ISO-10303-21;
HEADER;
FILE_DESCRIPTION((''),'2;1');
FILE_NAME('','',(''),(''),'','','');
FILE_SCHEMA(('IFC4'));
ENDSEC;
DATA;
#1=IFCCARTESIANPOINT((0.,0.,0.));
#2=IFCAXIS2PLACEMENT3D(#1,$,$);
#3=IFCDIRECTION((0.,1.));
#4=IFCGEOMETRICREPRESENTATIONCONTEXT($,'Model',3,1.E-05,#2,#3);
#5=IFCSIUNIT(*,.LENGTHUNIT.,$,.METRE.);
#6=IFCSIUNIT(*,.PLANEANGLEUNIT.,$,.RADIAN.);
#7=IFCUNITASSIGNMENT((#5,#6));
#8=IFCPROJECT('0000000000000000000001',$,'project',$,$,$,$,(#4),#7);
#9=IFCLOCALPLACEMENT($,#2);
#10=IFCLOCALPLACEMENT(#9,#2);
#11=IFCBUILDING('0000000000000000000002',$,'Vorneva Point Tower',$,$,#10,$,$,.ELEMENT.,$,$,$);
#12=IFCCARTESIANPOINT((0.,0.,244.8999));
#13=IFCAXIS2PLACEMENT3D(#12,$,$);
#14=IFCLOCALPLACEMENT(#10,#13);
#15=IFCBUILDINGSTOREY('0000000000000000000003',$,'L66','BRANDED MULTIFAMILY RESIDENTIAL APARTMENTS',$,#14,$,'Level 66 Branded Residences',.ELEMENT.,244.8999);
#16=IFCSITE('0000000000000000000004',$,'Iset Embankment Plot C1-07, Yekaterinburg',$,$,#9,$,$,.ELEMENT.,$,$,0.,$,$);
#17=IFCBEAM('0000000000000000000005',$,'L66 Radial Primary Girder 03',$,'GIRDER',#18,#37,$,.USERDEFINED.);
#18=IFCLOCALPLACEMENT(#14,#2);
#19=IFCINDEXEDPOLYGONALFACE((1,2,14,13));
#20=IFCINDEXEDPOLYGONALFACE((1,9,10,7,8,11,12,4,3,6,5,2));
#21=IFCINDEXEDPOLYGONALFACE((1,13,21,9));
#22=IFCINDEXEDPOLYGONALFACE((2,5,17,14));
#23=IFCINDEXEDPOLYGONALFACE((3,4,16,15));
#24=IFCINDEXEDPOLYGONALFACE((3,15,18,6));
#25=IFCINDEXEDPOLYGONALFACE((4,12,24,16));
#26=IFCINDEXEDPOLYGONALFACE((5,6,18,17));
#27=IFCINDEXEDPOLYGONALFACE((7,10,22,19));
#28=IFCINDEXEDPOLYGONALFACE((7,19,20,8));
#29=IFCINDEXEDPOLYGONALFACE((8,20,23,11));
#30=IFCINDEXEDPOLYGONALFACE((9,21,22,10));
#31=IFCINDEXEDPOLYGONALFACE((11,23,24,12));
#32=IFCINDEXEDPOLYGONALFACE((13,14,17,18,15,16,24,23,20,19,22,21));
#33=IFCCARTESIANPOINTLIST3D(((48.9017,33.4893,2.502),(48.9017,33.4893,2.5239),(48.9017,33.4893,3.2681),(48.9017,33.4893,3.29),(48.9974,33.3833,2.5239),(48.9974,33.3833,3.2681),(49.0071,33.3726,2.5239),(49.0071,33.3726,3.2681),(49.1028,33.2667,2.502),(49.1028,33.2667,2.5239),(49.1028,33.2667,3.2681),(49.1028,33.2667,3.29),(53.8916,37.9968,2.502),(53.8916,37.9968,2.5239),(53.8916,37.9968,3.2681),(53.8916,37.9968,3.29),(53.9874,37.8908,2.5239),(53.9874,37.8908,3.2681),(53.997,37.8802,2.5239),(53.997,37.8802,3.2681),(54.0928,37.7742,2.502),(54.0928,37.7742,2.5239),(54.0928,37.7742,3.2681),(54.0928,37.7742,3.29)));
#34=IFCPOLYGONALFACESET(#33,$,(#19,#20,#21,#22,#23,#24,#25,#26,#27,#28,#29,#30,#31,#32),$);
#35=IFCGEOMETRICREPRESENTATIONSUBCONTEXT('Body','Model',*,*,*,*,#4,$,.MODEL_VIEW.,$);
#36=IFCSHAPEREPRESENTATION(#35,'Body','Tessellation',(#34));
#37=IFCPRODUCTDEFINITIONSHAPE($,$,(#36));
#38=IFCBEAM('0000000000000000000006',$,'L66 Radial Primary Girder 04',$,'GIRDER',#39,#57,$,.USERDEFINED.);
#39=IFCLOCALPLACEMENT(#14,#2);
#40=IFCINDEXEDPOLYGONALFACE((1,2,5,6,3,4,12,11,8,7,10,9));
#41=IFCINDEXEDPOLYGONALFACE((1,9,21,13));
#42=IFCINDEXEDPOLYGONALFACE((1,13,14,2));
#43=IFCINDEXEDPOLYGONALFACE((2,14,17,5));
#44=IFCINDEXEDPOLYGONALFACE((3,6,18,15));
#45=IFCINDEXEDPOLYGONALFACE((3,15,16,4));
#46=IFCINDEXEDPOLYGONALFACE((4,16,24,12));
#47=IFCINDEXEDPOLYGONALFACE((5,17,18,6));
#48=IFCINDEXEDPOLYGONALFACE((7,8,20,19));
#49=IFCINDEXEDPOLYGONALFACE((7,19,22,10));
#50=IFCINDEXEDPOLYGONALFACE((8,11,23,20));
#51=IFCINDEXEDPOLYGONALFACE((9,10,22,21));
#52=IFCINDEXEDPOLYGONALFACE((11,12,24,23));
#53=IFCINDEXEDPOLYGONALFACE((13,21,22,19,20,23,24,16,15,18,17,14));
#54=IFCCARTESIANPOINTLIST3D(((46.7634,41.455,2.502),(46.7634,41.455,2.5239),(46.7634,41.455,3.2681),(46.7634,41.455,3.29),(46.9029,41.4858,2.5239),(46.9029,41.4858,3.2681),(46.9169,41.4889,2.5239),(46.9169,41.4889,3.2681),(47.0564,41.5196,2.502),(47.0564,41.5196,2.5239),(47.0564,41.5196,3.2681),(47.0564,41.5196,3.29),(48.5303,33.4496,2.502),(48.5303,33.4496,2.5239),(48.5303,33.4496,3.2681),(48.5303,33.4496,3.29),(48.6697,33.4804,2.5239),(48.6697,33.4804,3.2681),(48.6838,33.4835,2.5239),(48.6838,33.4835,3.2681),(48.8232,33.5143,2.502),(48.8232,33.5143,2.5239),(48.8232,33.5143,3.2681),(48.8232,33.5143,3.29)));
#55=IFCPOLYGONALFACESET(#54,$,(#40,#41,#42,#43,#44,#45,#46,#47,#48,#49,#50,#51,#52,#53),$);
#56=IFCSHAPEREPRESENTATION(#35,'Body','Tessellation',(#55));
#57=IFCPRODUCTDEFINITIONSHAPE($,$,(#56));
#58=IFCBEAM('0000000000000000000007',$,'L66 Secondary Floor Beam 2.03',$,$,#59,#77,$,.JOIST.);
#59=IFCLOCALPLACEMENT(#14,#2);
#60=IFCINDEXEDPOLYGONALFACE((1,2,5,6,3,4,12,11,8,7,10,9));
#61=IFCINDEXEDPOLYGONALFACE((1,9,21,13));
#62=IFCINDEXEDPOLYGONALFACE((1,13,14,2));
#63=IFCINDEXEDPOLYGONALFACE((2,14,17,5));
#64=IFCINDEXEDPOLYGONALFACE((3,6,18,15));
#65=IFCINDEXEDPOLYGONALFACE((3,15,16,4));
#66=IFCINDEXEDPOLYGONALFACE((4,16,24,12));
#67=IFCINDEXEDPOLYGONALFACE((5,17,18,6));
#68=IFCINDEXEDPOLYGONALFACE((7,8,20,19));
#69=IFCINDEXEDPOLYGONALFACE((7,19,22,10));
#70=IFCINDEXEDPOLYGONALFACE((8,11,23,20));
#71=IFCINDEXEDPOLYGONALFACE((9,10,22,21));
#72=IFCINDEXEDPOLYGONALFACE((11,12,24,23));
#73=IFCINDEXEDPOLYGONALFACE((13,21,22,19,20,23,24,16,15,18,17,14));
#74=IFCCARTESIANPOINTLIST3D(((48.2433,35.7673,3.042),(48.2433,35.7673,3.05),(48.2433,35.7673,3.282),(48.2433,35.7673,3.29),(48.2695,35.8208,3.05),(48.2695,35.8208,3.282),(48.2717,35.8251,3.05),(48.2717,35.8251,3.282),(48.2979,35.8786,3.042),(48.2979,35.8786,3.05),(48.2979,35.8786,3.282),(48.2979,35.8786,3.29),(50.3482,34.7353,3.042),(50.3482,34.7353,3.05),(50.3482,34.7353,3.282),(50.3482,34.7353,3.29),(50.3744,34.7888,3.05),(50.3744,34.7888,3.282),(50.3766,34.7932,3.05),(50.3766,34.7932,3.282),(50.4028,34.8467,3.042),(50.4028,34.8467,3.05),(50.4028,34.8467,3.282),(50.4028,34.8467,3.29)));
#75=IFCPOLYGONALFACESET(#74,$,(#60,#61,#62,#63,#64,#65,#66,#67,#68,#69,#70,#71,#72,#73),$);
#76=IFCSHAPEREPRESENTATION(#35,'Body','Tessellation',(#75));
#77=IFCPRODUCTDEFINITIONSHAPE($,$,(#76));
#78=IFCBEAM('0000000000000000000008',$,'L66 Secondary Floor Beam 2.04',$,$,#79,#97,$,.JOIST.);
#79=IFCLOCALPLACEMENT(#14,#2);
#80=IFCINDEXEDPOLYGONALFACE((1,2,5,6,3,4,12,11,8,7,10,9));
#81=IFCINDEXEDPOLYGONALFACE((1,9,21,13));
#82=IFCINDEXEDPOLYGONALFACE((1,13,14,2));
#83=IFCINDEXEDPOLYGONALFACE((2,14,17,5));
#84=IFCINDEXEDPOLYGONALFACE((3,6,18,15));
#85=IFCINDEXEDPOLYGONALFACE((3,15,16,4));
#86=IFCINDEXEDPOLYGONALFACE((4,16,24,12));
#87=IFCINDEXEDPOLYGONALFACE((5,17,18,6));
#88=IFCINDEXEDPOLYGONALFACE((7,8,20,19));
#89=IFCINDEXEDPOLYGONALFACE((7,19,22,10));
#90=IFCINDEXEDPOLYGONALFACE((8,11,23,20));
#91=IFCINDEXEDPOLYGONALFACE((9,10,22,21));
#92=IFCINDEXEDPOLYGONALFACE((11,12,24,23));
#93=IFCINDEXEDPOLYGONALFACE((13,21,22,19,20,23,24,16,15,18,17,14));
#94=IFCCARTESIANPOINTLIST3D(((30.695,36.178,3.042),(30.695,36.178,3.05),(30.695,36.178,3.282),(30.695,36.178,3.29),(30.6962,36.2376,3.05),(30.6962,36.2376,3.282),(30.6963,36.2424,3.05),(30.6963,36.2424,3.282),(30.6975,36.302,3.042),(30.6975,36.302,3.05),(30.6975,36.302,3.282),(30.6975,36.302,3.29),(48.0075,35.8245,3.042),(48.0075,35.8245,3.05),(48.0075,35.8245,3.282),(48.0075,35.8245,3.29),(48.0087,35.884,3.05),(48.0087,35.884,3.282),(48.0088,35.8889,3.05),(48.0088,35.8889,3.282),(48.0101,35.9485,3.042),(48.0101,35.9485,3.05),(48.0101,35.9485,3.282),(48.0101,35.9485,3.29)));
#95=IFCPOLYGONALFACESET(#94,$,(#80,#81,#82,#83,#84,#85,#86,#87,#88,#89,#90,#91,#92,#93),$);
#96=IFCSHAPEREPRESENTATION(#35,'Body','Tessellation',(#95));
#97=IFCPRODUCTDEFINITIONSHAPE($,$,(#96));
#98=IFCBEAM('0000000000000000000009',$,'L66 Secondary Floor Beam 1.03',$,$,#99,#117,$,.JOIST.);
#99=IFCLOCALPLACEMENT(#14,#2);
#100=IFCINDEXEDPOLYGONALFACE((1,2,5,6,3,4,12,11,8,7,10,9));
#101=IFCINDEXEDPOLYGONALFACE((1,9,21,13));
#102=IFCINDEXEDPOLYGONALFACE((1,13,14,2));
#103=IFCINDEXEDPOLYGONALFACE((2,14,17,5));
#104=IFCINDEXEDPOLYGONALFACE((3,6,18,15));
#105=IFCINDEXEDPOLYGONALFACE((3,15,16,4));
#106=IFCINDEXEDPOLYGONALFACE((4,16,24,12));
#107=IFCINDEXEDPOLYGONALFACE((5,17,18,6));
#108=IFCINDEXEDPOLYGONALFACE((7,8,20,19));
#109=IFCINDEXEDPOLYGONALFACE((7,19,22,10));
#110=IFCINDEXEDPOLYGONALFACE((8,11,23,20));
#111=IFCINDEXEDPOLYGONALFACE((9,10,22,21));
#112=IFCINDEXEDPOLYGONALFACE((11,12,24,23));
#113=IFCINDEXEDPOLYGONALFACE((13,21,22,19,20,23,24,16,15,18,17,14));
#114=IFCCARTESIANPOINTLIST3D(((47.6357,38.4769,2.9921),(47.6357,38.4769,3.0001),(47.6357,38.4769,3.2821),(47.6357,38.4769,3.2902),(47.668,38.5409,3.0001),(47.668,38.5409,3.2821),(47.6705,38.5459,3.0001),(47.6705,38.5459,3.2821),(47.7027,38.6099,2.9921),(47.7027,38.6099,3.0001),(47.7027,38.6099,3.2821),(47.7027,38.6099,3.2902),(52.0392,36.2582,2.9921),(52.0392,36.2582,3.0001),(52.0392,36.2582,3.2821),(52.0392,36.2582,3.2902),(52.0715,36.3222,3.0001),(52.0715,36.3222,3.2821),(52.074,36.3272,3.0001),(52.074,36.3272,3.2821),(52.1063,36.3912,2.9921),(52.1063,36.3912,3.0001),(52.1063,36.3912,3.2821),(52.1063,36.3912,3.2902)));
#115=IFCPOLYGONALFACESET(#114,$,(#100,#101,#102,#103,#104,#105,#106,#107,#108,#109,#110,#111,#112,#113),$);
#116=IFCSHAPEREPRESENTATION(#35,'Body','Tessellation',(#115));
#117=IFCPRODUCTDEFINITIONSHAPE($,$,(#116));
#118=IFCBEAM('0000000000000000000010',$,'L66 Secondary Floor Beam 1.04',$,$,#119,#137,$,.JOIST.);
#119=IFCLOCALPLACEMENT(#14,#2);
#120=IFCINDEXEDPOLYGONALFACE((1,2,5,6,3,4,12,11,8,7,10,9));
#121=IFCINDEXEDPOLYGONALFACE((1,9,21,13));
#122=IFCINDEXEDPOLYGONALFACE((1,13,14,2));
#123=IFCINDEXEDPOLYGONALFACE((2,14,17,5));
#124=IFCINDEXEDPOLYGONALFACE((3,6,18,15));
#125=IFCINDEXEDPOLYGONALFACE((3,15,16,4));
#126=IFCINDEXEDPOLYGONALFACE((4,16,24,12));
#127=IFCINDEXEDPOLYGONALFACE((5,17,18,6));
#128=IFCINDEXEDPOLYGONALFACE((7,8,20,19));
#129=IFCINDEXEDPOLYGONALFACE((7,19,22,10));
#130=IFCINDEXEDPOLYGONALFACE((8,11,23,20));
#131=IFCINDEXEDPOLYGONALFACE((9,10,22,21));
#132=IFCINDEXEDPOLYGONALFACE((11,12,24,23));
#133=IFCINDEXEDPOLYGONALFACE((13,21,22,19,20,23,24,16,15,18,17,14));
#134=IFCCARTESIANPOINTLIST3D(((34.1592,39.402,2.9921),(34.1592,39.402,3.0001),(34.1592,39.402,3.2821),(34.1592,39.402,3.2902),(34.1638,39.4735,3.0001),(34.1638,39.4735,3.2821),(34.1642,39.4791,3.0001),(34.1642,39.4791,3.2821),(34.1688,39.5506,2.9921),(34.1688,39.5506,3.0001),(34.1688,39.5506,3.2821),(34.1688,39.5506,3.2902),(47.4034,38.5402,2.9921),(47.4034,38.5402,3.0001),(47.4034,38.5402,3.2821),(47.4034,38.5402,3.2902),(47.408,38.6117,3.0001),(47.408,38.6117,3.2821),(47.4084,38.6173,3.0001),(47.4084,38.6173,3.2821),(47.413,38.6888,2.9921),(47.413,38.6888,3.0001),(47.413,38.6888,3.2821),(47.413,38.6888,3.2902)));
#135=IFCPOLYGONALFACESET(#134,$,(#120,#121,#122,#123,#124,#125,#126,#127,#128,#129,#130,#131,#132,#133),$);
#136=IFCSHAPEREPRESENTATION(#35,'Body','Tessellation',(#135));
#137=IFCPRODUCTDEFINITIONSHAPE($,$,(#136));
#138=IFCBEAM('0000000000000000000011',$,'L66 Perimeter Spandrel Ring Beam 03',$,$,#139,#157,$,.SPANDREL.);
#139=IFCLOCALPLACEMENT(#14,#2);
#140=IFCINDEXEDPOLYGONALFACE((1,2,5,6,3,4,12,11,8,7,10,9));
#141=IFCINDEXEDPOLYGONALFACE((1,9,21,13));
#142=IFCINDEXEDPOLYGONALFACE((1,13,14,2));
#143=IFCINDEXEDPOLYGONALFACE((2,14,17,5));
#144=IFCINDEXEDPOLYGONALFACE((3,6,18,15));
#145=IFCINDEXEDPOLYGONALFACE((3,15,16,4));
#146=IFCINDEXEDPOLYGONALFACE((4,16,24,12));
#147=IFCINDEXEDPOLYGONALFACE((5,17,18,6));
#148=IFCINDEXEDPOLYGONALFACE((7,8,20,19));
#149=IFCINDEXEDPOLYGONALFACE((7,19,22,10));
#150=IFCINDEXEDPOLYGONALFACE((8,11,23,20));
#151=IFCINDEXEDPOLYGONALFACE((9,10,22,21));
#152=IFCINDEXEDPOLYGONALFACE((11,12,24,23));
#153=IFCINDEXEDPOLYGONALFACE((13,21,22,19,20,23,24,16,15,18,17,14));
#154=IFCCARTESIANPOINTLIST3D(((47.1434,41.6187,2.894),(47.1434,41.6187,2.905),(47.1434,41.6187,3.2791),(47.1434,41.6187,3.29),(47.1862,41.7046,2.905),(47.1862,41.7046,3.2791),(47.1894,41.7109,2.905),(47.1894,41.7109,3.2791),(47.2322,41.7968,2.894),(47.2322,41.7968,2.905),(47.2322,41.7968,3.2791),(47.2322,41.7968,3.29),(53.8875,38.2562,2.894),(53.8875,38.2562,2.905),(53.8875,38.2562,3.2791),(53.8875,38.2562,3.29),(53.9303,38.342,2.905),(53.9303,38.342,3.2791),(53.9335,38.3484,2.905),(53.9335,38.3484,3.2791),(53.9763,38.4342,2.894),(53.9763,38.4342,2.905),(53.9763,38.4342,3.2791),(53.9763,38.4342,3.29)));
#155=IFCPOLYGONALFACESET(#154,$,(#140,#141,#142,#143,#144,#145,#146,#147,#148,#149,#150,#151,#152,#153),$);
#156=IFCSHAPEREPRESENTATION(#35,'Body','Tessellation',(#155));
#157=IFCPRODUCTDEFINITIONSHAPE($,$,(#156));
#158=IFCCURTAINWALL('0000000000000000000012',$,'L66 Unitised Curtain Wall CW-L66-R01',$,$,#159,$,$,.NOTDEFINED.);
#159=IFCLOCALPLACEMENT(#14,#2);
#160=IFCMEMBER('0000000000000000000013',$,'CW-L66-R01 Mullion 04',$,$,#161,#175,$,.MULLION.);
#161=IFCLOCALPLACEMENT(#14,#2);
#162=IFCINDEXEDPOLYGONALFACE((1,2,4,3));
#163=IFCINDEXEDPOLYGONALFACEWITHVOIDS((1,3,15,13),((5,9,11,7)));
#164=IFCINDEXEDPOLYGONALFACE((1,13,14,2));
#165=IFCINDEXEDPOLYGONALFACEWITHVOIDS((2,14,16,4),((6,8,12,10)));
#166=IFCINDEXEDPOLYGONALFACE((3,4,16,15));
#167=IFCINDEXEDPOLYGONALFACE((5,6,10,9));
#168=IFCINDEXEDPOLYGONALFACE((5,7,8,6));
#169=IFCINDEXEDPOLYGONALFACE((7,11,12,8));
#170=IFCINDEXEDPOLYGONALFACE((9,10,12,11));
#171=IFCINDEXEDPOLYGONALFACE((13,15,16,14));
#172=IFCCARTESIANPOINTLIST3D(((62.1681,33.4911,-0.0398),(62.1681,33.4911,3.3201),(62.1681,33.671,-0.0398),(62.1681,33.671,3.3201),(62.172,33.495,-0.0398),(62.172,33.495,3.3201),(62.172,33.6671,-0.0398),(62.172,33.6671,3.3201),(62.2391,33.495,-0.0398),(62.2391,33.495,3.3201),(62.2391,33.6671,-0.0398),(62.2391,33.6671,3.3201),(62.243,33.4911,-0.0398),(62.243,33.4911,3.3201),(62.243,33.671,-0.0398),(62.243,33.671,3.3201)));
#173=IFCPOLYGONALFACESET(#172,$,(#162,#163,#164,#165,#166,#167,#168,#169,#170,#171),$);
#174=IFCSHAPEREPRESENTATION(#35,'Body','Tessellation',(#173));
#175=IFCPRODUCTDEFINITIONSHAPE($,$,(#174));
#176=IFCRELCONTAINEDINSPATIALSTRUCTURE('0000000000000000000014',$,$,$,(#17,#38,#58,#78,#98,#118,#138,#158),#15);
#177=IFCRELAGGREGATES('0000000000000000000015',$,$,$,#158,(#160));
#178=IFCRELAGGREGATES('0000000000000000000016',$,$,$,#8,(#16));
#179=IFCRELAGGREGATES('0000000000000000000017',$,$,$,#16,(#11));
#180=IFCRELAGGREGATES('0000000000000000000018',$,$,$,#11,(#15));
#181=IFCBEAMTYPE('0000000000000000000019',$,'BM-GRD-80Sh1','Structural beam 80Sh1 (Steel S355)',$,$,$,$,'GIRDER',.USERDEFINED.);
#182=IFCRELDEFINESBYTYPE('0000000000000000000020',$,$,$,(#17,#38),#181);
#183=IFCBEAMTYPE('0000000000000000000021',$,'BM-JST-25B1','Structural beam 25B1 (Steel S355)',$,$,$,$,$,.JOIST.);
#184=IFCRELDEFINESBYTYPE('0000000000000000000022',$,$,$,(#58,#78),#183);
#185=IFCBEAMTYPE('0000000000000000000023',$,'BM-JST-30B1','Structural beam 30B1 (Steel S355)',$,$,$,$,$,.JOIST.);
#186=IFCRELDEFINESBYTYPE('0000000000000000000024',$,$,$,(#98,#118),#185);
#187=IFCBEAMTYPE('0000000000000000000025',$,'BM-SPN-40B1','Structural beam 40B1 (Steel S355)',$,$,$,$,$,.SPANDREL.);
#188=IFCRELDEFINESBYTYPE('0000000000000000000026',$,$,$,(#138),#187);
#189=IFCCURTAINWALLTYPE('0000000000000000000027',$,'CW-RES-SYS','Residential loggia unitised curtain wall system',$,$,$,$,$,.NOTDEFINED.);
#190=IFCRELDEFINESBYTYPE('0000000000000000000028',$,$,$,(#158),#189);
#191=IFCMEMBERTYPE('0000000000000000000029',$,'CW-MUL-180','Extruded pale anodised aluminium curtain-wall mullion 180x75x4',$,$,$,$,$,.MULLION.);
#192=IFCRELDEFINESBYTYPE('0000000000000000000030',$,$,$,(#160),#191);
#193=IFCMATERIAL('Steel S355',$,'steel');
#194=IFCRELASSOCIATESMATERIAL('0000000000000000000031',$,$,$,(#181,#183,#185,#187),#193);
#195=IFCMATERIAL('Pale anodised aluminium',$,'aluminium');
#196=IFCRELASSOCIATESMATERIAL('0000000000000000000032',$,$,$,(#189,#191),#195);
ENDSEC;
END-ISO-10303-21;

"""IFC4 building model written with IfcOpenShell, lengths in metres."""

from ifc_helpers import new_model, si_unit, direction, frame, origin, origin_2d, place, context, subcontext, project, spatial, hollow_rectangle, i_section, extrude, material, material_profile, profile_set, type_object, element, aggregate, save


model = new_model("IFC4")

# Units and contexts
model_context = context("Model", 3, precision=1e-05, world=origin(), true_north=direction((0.0, 1.0)))
body_context = subcontext(model_context, "Body", "Model", "MODEL_VIEW")
ifc_project = project(units=[si_unit("LENGTHUNIT", "METRE"), si_unit("PLANEANGLEUNIT", "RADIAN")], contexts=[model_context])

# Site, building, storey
site_placement = place(None, origin())
site = spatial("IfcSite", under=ifc_project, at=site_placement, Name="Iset Embankment Plot C1-07, Yekaterinburg", CompositionType="ELEMENT", RefElevation=0.0)
building_placement = place(site_placement, origin())
building = spatial("IfcBuilding", under=site, at=building_placement, Name="Vorneva Point Tower", CompositionType="ELEMENT")
storey_placement = place(building_placement, frame((0.0, 0.0, 244.8999)))
storey = spatial("IfcBuildingStorey", under=building, at=storey_placement, Name="L66", Description="BRANDED MULTIFAMILY RESIDENTIAL APARTMENTS", LongName="Level 66 Branded Residences", CompositionType="ELEMENT", Elevation=244.8999)

# Beams
ifc_material_1 = material(Name="Steel S355", Category="steel")
ifc_material_profile_1 = material_profile(ifc_material_1, i_section(OverallWidth=0.3, OverallDepth=0.7881, WebThickness=0.0144, FlangeThickness=0.022, at=origin_2d()), Name="80Sh1")
ifc_profile_set_1 = profile_set([ifc_material_profile_1], Name="Steel S355")
beam_type_1 = type_object("IfcBeamType", Name="BM-GRD-80Sh1", Description="Structural beam 80Sh1 (Steel S355)", ElementType="GIRDER", PredefinedType="USERDEFINED", material=ifc_profile_set_1)
beam_1_placement = place(storey_placement, frame((53.9922, 37.8855, 2.896), z_axis=(-0.742067, -0.670326, 0.0), x_axis=(0.670326, -0.742067, 0.0)))
element("IfcBeam", 1, at=beam_1_placement, inside=storey, type_object=beam_type_1, Name="L66 Radial Primary Girder 03", ObjectType="GIRDER", PredefinedType="USERDEFINED", context=body_context, shape_type="SweptSolid", body=[
    extrude(i_section(OverallWidth=0.3, OverallDepth=0.7881, WebThickness=0.0144, FlangeThickness=0.022, at=origin_2d()), origin(), (0.0, 0.0, 1.0), 6.7244),
])
beam_2_placement = place(storey_placement, frame((46.9099, 41.4873, 2.896), z_axis=(0.215521, -0.976499, 0.0), x_axis=(0.976499, 0.215521, 0.0)))
element("IfcBeam", 2, at=beam_2_placement, inside=storey, type_object=beam_type_1, Name="L66 Radial Primary Girder 04", ObjectType="GIRDER", PredefinedType="USERDEFINED", context=body_context, shape_type="SweptSolid", body=[
    extrude(i_section(OverallWidth=0.3, OverallDepth=0.7881, WebThickness=0.0144, FlangeThickness=0.022, at=origin_2d()), origin(), (0.0, 0.0, 1.0), 8.198),
])
ifc_material_profile_2 = material_profile(ifc_material_1, i_section(OverallWidth=0.124, OverallDepth=0.248, WebThickness=0.0049, FlangeThickness=0.0081, at=origin_2d()), Name="25B1")
ifc_profile_set_2 = profile_set([ifc_material_profile_2], Name="Steel S355")
beam_type_2 = type_object("IfcBeamType", Name="BM-JST-25B1", Description="Structural beam 25B1 (Steel S355)", PredefinedType="JOIST", material=ifc_profile_set_2)
beam_3_placement = place(storey_placement, frame((50.3755, 34.791, 3.166), z_axis=(-0.897899, 0.440202, 0.0), x_axis=(-0.440202, -0.897899, 0.0)))
element("IfcBeam", 3, at=beam_3_placement, inside=storey, type_object=beam_type_2, Name="L66 Secondary Floor Beam 2.03", PredefinedType="JOIST", context=body_context, shape_type="SweptSolid", body=[
    extrude(i_section(OverallWidth=0.124, OverallDepth=0.248, WebThickness=0.0049, FlangeThickness=0.0081, at=origin_2d()), origin(), (0.0, 0.0, 1.0), 2.3442),
])
beam_4_placement = place(storey_placement, frame((48.0088, 35.8865, 3.166), z_axis=(-0.999792, 0.020415, 0.0), x_axis=(-0.020415, -0.999792, 0.0)))
element("IfcBeam", 4, at=beam_4_placement, inside=storey, type_object=beam_type_2, Name="L66 Secondary Floor Beam 2.04", PredefinedType="JOIST", context=body_context, shape_type="SweptSolid", body=[
    extrude(i_section(OverallWidth=0.124, OverallDepth=0.248, WebThickness=0.0049, FlangeThickness=0.0081, at=origin_2d()), origin(), (0.0, 0.0, 1.0), 17.3162),
])
ifc_material_profile_3 = material_profile(ifc_material_1, i_section(OverallWidth=0.1489, OverallDepth=0.2981, WebThickness=0.0056, FlangeThickness=0.0081, at=origin_2d()), Name="30B1")
ifc_profile_set_3 = profile_set([ifc_material_profile_3], Name="Steel S355")
beam_type_3 = type_object("IfcBeamType", Name="BM-JST-30B1", Description="Structural beam 30B1 (Steel S355)", PredefinedType="JOIST", material=ifc_profile_set_3)
beam_5_placement = place(storey_placement, frame((52.0728, 36.3247, 3.1411), z_axis=(-0.893047, 0.449964, 0.0), x_axis=(-0.449964, -0.893047, 0.0)))
element("IfcBeam", 5, at=beam_5_placement, inside=storey, type_object=beam_type_3, Name="L66 Secondary Floor Beam 1.03", PredefinedType="JOIST", context=body_context, shape_type="SweptSolid", body=[
    extrude(i_section(OverallWidth=0.1489, OverallDepth=0.2981, WebThickness=0.0056, FlangeThickness=0.0081, at=origin_2d()), origin(), (0.0, 0.0, 1.0), 4.9309),
])
beam_6_placement = place(storey_placement, frame((47.4082, 38.6145, 3.1411), z_axis=(-0.99789, 0.064934, 0.0), x_axis=(-0.064934, -0.99789, 0.0)))
element("IfcBeam", 6, at=beam_6_placement, inside=storey, type_object=beam_type_3, Name="L66 Secondary Floor Beam 1.04", PredefinedType="JOIST", context=body_context, shape_type="SweptSolid", body=[
    extrude(i_section(OverallWidth=0.1489, OverallDepth=0.2981, WebThickness=0.0056, FlangeThickness=0.0081, at=origin_2d()), origin(), (0.0, 0.0, 1.0), 13.2722),
])
ifc_material_profile_4 = material_profile(ifc_material_1, i_section(OverallWidth=0.199, OverallDepth=0.396, WebThickness=0.0071, FlangeThickness=0.011, at=origin_2d()), Name="40B1")
ifc_profile_set_4 = profile_set([ifc_material_profile_4], Name="Steel S355")
beam_type_4 = type_object("IfcBeamType", Name="BM-SPN-40B1", Description="Structural beam 40B1 (Steel S355)", PredefinedType="SPANDREL", material=ifc_profile_set_4)
beam_7_placement = place(storey_placement, frame((53.9319, 38.3452, 3.092), z_axis=(-0.894932, 0.446203, 0.0), x_axis=(-0.446203, -0.894932, 0.0)))
element("IfcBeam", 7, at=beam_7_placement, inside=storey, type_object=beam_type_4, Name="L66 Perimeter Spandrel Ring Beam 03", PredefinedType="SPANDREL", context=body_context, shape_type="SweptSolid", body=[
    extrude(i_section(OverallWidth=0.199, OverallDepth=0.396, WebThickness=0.0071, FlangeThickness=0.011, at=origin_2d()), origin(), (0.0, 0.0, 1.0), 7.5359),
])

# Curtain wall, member
ifc_material_2 = material(Name="Pale anodised aluminium", Category="aluminium")
curtain_wall_type = type_object("IfcCurtainWallType", Name="CW-RES-SYS", Description="Residential loggia unitised curtain wall system", PredefinedType="NOTDEFINED", material=ifc_material_2)
curtain_wall_1_placement = place(storey_placement, origin())
curtain_wall_1 = element("IfcCurtainWall", 8, at=curtain_wall_1_placement, inside=storey, type_object=curtain_wall_type, Name="L66 Unitised Curtain Wall CW-L66-R01", PredefinedType="NOTDEFINED")
ifc_material_profile_5 = material_profile(ifc_material_2, hollow_rectangle(XDim=0.075, YDim=0.1799, WallThickness=0.0039, at=origin_2d()), Name="AL-MUL 180x75x4")
ifc_profile_set_5 = profile_set([ifc_material_profile_5], Name="Pale anodised aluminium")
member_type_1 = type_object("IfcMemberType", Name="CW-MUL-180", Description="Extruded pale anodised aluminium curtain-wall mullion 180x75x4", PredefinedType="MULLION", material=ifc_profile_set_5)
member_1_placement = place(storey_placement, frame((62.2056, 33.5811, -0.0398), z_axis=(0.0, 0.0, 1.0), x_axis=(1.0, 0.0, 0.0)))
member_1 = element("IfcMember", 9, at=member_1_placement, type_object=member_type_1, Name="CW-L66-R01 Mullion 04", PredefinedType="MULLION", context=body_context, shape_type="SweptSolid", body=[
    extrude(hollow_rectangle(XDim=0.075, YDim=0.1799, WallThickness=0.0039, at=origin_2d()), origin(), (0.0, 0.0, 1.0), 3.3599),
])
aggregate(curtain_wall_1, [member_1])

save(model, "model.ifc")
